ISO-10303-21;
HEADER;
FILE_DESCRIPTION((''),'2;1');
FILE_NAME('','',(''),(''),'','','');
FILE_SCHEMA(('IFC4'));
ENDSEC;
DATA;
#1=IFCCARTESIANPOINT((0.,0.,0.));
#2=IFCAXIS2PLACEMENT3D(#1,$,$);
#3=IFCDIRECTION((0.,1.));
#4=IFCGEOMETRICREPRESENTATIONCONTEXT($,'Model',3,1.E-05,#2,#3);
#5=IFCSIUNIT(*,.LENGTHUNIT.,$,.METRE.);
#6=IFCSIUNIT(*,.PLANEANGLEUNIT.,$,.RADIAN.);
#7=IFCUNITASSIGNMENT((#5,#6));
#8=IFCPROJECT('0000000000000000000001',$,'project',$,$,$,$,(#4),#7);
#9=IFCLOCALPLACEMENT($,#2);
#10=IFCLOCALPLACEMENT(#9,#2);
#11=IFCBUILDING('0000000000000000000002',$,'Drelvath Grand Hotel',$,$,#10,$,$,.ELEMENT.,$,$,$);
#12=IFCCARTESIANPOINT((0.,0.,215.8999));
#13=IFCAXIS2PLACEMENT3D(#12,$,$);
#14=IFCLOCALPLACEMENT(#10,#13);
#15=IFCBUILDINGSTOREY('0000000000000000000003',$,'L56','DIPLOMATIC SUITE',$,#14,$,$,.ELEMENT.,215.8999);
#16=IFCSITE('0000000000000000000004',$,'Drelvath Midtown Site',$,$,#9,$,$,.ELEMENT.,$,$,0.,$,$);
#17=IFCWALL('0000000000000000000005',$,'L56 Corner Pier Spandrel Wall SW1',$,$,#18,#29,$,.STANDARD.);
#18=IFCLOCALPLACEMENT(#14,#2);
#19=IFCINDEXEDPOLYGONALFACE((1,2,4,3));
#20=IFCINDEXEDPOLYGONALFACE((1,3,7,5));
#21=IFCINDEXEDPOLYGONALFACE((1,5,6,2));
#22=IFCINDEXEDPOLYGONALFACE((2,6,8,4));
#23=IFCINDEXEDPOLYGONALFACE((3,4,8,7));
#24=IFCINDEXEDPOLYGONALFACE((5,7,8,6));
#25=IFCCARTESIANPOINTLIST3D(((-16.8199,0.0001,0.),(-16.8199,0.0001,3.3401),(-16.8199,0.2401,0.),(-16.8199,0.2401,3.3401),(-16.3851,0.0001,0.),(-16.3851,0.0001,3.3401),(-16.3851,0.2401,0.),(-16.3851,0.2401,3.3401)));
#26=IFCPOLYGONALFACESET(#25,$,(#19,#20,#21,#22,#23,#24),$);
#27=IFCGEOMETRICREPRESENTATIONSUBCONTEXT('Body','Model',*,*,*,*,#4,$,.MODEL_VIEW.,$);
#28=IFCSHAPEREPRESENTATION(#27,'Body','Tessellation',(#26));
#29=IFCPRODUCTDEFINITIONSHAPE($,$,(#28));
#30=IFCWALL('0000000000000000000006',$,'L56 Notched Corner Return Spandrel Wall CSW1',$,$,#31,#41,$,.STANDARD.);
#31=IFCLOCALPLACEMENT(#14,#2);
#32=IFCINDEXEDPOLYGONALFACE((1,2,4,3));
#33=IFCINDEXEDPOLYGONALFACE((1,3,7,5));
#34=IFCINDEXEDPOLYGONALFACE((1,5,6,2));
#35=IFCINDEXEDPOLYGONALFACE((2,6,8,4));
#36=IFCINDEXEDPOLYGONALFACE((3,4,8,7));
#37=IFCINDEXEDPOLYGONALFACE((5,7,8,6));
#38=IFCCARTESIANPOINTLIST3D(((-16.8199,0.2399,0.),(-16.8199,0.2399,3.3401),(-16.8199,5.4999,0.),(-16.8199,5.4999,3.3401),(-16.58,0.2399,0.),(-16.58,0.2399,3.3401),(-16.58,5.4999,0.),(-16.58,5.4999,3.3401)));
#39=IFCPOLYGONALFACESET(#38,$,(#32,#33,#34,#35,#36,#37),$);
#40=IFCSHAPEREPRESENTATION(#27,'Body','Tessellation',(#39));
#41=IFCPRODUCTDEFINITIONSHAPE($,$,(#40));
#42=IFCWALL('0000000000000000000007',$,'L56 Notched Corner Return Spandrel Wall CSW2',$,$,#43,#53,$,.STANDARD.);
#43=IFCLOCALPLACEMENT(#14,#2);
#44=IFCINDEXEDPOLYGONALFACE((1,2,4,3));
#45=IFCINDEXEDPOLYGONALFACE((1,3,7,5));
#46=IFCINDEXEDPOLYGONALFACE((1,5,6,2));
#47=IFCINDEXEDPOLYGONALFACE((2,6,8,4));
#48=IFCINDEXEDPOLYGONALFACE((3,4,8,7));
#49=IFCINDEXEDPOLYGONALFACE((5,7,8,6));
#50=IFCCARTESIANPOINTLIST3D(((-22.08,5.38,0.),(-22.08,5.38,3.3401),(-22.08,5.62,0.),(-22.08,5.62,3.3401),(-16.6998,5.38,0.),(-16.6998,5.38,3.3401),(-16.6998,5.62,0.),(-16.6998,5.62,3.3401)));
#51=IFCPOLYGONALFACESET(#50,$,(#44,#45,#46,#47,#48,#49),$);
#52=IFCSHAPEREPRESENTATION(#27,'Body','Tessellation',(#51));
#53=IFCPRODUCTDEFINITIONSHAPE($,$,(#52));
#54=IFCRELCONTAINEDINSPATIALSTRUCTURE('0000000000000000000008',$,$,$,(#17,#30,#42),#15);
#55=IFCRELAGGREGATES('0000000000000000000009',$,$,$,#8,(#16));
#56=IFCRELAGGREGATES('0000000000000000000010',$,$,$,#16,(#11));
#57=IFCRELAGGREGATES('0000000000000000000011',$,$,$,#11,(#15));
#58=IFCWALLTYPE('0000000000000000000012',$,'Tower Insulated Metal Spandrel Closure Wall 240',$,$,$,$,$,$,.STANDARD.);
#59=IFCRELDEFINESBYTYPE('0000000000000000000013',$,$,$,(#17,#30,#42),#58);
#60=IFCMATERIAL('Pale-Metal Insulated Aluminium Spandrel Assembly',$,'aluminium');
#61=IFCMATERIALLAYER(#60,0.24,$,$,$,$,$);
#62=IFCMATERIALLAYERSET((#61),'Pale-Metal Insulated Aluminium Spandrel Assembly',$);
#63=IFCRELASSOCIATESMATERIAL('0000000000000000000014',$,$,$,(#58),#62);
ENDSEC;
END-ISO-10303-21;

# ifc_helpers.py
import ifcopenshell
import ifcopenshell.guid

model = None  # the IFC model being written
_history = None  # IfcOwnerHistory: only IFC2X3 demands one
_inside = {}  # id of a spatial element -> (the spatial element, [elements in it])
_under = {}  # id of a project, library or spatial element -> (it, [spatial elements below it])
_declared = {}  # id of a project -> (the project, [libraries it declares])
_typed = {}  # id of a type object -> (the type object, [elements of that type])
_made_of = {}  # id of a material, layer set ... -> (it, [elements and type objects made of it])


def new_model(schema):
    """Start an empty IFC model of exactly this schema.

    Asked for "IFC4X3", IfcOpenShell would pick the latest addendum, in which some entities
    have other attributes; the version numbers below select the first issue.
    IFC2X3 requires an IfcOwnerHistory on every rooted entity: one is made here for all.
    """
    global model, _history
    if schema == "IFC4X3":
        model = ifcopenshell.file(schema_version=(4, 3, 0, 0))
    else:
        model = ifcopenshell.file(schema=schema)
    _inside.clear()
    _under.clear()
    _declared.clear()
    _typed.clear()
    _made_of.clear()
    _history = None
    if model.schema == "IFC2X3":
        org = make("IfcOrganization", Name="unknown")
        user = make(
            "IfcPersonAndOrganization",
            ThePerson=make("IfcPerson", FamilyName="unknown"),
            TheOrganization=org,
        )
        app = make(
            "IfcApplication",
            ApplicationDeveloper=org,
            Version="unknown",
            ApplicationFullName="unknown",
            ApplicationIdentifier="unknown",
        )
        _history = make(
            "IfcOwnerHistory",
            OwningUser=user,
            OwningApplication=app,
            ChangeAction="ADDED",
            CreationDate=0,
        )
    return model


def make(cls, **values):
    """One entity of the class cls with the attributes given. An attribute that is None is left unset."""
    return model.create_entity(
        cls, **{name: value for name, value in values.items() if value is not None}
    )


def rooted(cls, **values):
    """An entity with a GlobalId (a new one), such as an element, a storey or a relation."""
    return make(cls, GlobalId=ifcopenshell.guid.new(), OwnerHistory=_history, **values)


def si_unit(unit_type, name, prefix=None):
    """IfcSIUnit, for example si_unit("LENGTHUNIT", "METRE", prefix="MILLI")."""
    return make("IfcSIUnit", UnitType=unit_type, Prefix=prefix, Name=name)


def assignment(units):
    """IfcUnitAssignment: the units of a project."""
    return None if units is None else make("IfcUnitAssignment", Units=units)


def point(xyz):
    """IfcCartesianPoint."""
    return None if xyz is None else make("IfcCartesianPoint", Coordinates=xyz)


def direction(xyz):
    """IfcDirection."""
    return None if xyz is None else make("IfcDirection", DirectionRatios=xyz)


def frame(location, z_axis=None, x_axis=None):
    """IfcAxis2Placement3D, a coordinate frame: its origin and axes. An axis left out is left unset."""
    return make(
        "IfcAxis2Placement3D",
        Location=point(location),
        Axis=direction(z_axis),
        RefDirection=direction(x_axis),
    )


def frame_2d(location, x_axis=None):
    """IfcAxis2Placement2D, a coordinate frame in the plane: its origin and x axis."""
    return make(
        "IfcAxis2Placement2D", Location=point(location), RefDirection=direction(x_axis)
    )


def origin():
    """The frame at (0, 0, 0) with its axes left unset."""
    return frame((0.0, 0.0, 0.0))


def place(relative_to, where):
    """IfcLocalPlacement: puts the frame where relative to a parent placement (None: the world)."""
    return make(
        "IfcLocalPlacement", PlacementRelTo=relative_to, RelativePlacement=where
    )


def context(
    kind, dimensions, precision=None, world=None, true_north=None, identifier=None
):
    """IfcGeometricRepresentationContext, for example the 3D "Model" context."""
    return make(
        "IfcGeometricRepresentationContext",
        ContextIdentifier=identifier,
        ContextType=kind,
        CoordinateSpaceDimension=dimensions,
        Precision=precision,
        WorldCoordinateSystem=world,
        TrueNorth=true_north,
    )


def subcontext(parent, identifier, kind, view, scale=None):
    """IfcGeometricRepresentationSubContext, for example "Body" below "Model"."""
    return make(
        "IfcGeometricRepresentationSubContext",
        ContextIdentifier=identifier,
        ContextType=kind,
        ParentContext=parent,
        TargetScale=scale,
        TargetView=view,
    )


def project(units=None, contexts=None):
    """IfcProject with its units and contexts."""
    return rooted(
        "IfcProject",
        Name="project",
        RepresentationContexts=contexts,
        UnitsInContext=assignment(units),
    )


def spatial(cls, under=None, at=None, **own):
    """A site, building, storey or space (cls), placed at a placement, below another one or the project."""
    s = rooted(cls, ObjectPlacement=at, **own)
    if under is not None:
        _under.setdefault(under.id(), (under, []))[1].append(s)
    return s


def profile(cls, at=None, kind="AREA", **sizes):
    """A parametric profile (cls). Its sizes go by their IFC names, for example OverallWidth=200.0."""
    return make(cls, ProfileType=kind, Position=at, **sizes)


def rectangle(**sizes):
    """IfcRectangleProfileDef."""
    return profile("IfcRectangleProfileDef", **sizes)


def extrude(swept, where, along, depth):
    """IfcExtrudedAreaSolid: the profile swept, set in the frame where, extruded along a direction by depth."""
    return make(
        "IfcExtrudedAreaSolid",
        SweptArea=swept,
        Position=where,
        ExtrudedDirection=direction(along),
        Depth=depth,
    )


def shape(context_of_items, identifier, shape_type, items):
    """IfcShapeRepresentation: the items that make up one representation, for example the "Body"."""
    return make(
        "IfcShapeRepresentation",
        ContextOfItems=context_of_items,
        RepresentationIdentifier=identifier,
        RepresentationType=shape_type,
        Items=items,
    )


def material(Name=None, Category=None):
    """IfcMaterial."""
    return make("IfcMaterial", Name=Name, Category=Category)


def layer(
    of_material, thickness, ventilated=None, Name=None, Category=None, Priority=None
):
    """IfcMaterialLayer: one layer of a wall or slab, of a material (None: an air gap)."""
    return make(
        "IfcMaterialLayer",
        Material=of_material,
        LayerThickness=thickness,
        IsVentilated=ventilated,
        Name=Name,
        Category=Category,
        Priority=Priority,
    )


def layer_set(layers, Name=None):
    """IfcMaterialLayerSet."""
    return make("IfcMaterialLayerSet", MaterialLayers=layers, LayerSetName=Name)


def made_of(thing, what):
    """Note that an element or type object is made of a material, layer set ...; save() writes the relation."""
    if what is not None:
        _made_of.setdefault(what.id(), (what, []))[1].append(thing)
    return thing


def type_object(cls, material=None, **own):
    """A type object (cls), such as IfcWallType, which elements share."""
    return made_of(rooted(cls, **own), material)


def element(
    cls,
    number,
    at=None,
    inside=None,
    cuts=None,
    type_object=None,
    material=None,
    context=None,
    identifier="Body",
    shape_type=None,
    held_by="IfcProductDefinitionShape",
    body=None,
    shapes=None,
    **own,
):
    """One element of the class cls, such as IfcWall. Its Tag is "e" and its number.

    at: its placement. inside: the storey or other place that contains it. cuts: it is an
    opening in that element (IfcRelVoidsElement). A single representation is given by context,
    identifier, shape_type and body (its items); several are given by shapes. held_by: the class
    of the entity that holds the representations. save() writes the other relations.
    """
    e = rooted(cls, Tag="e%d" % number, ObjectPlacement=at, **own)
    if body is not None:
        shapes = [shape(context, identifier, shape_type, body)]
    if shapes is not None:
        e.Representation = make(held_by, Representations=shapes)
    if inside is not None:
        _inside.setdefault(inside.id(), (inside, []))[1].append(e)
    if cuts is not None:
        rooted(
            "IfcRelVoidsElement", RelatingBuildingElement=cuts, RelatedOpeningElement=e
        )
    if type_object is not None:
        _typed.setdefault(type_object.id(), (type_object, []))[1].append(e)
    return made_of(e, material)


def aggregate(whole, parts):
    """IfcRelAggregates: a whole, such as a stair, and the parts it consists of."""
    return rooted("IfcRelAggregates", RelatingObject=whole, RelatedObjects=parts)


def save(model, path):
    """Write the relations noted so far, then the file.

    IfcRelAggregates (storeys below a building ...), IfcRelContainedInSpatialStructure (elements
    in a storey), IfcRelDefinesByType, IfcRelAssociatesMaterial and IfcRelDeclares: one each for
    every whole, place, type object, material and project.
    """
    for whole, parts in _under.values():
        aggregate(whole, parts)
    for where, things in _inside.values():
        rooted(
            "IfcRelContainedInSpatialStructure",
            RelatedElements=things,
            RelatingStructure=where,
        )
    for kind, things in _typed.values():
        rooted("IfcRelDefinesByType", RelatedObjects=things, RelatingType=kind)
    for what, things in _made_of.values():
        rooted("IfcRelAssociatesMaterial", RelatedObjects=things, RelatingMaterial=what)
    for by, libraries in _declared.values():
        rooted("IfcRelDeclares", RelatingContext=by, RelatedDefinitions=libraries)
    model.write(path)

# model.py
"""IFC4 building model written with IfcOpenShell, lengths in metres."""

from ifc_helpers import new_model, si_unit, direction, frame, frame_2d, origin, place, context, subcontext, project, spatial, rectangle, extrude, material, layer, layer_set, type_object, element, save


model = new_model("IFC4")

# Units and contexts
model_context = context("Model", 3, precision=1e-05, world=origin(), true_north=direction((0.0, 1.0)))
body_context = subcontext(model_context, "Body", "Model", "MODEL_VIEW")
ifc_project = project(units=[si_unit("LENGTHUNIT", "METRE"), si_unit("PLANEANGLEUNIT", "RADIAN")], contexts=[model_context])

# Site, building, storey
site_placement = place(None, origin())
site = spatial("IfcSite", under=ifc_project, at=site_placement, Name="Drelvath Midtown Site", CompositionType="ELEMENT", RefElevation=0.0)
building_placement = place(site_placement, origin())
building = spatial("IfcBuilding", under=site, at=building_placement, Name="Drelvath Grand Hotel", CompositionType="ELEMENT")
storey_placement = place(building_placement, frame((0.0, 0.0, 215.8999)))
storey = spatial("IfcBuildingStorey", under=building, at=storey_placement, Name="L56", Description="DIPLOMATIC SUITE", CompositionType="ELEMENT", Elevation=215.8999)

# Walls
ifc_material_1 = material(Name="Pale-Metal Insulated Aluminium Spandrel Assembly", Category="aluminium")
ifc_layer_1 = layer(ifc_material_1, 0.24)
ifc_layer_set_1 = layer_set([ifc_layer_1], Name="Pale-Metal Insulated Aluminium Spandrel Assembly")
wall_type_1 = type_object("IfcWallType", Name="Tower Insulated Metal Spandrel Closure Wall 240", PredefinedType="STANDARD", material=ifc_layer_set_1)
wall_1_placement = place(storey_placement, frame((-16.3853, 0.1201, 0.0), z_axis=(0.0, 0.0, 1.0), x_axis=(-1.0, 0.0, 0.0)))
element("IfcWall", 1, at=wall_1_placement, inside=storey, type_object=wall_type_1, Name="L56 Corner Pier Spandrel Wall SW1", PredefinedType="STANDARD", context=body_context, shape_type="SweptSolid", body=[
    extrude(rectangle(XDim=0.4348, YDim=0.24, at=frame_2d((0.2173, 0.0))), origin(), (0.0, 0.0, 1.0), 3.3401),
])
wall_2_placement = place(storey_placement, frame((-16.7, 0.24, 0.0), z_axis=(0.0, 0.0, 1.0), x_axis=(0.0, 1.0, 0.0)))
element("IfcWall", 2, at=wall_2_placement, inside=storey, type_object=wall_type_1, Name="L56 Notched Corner Return Spandrel Wall CSW1", PredefinedType="STANDARD", context=body_context, shape_type="SweptSolid", body=[
    extrude(rectangle(XDim=5.26, YDim=0.24, at=frame_2d((2.6299, 0.0))), origin(), (0.0, 0.0, 1.0), 3.3401),
])
wall_3_placement = place(storey_placement, frame((-16.7, 5.5, 0.0), z_axis=(0.0, 0.0, 1.0), x_axis=(-1.0, 0.0, 0.0)))
element("IfcWall", 3, at=wall_3_placement, inside=storey, type_object=wall_type_1, Name="L56 Notched Corner Return Spandrel Wall CSW2", PredefinedType="STANDARD", context=body_context, shape_type="SweptSolid", body=[
    extrude(rectangle(XDim=5.3801, YDim=0.24, at=frame_2d((2.6899, 0.0))), origin(), (0.0, 0.0, 1.0), 3.3401),
])

save(model, "model.ifc")
